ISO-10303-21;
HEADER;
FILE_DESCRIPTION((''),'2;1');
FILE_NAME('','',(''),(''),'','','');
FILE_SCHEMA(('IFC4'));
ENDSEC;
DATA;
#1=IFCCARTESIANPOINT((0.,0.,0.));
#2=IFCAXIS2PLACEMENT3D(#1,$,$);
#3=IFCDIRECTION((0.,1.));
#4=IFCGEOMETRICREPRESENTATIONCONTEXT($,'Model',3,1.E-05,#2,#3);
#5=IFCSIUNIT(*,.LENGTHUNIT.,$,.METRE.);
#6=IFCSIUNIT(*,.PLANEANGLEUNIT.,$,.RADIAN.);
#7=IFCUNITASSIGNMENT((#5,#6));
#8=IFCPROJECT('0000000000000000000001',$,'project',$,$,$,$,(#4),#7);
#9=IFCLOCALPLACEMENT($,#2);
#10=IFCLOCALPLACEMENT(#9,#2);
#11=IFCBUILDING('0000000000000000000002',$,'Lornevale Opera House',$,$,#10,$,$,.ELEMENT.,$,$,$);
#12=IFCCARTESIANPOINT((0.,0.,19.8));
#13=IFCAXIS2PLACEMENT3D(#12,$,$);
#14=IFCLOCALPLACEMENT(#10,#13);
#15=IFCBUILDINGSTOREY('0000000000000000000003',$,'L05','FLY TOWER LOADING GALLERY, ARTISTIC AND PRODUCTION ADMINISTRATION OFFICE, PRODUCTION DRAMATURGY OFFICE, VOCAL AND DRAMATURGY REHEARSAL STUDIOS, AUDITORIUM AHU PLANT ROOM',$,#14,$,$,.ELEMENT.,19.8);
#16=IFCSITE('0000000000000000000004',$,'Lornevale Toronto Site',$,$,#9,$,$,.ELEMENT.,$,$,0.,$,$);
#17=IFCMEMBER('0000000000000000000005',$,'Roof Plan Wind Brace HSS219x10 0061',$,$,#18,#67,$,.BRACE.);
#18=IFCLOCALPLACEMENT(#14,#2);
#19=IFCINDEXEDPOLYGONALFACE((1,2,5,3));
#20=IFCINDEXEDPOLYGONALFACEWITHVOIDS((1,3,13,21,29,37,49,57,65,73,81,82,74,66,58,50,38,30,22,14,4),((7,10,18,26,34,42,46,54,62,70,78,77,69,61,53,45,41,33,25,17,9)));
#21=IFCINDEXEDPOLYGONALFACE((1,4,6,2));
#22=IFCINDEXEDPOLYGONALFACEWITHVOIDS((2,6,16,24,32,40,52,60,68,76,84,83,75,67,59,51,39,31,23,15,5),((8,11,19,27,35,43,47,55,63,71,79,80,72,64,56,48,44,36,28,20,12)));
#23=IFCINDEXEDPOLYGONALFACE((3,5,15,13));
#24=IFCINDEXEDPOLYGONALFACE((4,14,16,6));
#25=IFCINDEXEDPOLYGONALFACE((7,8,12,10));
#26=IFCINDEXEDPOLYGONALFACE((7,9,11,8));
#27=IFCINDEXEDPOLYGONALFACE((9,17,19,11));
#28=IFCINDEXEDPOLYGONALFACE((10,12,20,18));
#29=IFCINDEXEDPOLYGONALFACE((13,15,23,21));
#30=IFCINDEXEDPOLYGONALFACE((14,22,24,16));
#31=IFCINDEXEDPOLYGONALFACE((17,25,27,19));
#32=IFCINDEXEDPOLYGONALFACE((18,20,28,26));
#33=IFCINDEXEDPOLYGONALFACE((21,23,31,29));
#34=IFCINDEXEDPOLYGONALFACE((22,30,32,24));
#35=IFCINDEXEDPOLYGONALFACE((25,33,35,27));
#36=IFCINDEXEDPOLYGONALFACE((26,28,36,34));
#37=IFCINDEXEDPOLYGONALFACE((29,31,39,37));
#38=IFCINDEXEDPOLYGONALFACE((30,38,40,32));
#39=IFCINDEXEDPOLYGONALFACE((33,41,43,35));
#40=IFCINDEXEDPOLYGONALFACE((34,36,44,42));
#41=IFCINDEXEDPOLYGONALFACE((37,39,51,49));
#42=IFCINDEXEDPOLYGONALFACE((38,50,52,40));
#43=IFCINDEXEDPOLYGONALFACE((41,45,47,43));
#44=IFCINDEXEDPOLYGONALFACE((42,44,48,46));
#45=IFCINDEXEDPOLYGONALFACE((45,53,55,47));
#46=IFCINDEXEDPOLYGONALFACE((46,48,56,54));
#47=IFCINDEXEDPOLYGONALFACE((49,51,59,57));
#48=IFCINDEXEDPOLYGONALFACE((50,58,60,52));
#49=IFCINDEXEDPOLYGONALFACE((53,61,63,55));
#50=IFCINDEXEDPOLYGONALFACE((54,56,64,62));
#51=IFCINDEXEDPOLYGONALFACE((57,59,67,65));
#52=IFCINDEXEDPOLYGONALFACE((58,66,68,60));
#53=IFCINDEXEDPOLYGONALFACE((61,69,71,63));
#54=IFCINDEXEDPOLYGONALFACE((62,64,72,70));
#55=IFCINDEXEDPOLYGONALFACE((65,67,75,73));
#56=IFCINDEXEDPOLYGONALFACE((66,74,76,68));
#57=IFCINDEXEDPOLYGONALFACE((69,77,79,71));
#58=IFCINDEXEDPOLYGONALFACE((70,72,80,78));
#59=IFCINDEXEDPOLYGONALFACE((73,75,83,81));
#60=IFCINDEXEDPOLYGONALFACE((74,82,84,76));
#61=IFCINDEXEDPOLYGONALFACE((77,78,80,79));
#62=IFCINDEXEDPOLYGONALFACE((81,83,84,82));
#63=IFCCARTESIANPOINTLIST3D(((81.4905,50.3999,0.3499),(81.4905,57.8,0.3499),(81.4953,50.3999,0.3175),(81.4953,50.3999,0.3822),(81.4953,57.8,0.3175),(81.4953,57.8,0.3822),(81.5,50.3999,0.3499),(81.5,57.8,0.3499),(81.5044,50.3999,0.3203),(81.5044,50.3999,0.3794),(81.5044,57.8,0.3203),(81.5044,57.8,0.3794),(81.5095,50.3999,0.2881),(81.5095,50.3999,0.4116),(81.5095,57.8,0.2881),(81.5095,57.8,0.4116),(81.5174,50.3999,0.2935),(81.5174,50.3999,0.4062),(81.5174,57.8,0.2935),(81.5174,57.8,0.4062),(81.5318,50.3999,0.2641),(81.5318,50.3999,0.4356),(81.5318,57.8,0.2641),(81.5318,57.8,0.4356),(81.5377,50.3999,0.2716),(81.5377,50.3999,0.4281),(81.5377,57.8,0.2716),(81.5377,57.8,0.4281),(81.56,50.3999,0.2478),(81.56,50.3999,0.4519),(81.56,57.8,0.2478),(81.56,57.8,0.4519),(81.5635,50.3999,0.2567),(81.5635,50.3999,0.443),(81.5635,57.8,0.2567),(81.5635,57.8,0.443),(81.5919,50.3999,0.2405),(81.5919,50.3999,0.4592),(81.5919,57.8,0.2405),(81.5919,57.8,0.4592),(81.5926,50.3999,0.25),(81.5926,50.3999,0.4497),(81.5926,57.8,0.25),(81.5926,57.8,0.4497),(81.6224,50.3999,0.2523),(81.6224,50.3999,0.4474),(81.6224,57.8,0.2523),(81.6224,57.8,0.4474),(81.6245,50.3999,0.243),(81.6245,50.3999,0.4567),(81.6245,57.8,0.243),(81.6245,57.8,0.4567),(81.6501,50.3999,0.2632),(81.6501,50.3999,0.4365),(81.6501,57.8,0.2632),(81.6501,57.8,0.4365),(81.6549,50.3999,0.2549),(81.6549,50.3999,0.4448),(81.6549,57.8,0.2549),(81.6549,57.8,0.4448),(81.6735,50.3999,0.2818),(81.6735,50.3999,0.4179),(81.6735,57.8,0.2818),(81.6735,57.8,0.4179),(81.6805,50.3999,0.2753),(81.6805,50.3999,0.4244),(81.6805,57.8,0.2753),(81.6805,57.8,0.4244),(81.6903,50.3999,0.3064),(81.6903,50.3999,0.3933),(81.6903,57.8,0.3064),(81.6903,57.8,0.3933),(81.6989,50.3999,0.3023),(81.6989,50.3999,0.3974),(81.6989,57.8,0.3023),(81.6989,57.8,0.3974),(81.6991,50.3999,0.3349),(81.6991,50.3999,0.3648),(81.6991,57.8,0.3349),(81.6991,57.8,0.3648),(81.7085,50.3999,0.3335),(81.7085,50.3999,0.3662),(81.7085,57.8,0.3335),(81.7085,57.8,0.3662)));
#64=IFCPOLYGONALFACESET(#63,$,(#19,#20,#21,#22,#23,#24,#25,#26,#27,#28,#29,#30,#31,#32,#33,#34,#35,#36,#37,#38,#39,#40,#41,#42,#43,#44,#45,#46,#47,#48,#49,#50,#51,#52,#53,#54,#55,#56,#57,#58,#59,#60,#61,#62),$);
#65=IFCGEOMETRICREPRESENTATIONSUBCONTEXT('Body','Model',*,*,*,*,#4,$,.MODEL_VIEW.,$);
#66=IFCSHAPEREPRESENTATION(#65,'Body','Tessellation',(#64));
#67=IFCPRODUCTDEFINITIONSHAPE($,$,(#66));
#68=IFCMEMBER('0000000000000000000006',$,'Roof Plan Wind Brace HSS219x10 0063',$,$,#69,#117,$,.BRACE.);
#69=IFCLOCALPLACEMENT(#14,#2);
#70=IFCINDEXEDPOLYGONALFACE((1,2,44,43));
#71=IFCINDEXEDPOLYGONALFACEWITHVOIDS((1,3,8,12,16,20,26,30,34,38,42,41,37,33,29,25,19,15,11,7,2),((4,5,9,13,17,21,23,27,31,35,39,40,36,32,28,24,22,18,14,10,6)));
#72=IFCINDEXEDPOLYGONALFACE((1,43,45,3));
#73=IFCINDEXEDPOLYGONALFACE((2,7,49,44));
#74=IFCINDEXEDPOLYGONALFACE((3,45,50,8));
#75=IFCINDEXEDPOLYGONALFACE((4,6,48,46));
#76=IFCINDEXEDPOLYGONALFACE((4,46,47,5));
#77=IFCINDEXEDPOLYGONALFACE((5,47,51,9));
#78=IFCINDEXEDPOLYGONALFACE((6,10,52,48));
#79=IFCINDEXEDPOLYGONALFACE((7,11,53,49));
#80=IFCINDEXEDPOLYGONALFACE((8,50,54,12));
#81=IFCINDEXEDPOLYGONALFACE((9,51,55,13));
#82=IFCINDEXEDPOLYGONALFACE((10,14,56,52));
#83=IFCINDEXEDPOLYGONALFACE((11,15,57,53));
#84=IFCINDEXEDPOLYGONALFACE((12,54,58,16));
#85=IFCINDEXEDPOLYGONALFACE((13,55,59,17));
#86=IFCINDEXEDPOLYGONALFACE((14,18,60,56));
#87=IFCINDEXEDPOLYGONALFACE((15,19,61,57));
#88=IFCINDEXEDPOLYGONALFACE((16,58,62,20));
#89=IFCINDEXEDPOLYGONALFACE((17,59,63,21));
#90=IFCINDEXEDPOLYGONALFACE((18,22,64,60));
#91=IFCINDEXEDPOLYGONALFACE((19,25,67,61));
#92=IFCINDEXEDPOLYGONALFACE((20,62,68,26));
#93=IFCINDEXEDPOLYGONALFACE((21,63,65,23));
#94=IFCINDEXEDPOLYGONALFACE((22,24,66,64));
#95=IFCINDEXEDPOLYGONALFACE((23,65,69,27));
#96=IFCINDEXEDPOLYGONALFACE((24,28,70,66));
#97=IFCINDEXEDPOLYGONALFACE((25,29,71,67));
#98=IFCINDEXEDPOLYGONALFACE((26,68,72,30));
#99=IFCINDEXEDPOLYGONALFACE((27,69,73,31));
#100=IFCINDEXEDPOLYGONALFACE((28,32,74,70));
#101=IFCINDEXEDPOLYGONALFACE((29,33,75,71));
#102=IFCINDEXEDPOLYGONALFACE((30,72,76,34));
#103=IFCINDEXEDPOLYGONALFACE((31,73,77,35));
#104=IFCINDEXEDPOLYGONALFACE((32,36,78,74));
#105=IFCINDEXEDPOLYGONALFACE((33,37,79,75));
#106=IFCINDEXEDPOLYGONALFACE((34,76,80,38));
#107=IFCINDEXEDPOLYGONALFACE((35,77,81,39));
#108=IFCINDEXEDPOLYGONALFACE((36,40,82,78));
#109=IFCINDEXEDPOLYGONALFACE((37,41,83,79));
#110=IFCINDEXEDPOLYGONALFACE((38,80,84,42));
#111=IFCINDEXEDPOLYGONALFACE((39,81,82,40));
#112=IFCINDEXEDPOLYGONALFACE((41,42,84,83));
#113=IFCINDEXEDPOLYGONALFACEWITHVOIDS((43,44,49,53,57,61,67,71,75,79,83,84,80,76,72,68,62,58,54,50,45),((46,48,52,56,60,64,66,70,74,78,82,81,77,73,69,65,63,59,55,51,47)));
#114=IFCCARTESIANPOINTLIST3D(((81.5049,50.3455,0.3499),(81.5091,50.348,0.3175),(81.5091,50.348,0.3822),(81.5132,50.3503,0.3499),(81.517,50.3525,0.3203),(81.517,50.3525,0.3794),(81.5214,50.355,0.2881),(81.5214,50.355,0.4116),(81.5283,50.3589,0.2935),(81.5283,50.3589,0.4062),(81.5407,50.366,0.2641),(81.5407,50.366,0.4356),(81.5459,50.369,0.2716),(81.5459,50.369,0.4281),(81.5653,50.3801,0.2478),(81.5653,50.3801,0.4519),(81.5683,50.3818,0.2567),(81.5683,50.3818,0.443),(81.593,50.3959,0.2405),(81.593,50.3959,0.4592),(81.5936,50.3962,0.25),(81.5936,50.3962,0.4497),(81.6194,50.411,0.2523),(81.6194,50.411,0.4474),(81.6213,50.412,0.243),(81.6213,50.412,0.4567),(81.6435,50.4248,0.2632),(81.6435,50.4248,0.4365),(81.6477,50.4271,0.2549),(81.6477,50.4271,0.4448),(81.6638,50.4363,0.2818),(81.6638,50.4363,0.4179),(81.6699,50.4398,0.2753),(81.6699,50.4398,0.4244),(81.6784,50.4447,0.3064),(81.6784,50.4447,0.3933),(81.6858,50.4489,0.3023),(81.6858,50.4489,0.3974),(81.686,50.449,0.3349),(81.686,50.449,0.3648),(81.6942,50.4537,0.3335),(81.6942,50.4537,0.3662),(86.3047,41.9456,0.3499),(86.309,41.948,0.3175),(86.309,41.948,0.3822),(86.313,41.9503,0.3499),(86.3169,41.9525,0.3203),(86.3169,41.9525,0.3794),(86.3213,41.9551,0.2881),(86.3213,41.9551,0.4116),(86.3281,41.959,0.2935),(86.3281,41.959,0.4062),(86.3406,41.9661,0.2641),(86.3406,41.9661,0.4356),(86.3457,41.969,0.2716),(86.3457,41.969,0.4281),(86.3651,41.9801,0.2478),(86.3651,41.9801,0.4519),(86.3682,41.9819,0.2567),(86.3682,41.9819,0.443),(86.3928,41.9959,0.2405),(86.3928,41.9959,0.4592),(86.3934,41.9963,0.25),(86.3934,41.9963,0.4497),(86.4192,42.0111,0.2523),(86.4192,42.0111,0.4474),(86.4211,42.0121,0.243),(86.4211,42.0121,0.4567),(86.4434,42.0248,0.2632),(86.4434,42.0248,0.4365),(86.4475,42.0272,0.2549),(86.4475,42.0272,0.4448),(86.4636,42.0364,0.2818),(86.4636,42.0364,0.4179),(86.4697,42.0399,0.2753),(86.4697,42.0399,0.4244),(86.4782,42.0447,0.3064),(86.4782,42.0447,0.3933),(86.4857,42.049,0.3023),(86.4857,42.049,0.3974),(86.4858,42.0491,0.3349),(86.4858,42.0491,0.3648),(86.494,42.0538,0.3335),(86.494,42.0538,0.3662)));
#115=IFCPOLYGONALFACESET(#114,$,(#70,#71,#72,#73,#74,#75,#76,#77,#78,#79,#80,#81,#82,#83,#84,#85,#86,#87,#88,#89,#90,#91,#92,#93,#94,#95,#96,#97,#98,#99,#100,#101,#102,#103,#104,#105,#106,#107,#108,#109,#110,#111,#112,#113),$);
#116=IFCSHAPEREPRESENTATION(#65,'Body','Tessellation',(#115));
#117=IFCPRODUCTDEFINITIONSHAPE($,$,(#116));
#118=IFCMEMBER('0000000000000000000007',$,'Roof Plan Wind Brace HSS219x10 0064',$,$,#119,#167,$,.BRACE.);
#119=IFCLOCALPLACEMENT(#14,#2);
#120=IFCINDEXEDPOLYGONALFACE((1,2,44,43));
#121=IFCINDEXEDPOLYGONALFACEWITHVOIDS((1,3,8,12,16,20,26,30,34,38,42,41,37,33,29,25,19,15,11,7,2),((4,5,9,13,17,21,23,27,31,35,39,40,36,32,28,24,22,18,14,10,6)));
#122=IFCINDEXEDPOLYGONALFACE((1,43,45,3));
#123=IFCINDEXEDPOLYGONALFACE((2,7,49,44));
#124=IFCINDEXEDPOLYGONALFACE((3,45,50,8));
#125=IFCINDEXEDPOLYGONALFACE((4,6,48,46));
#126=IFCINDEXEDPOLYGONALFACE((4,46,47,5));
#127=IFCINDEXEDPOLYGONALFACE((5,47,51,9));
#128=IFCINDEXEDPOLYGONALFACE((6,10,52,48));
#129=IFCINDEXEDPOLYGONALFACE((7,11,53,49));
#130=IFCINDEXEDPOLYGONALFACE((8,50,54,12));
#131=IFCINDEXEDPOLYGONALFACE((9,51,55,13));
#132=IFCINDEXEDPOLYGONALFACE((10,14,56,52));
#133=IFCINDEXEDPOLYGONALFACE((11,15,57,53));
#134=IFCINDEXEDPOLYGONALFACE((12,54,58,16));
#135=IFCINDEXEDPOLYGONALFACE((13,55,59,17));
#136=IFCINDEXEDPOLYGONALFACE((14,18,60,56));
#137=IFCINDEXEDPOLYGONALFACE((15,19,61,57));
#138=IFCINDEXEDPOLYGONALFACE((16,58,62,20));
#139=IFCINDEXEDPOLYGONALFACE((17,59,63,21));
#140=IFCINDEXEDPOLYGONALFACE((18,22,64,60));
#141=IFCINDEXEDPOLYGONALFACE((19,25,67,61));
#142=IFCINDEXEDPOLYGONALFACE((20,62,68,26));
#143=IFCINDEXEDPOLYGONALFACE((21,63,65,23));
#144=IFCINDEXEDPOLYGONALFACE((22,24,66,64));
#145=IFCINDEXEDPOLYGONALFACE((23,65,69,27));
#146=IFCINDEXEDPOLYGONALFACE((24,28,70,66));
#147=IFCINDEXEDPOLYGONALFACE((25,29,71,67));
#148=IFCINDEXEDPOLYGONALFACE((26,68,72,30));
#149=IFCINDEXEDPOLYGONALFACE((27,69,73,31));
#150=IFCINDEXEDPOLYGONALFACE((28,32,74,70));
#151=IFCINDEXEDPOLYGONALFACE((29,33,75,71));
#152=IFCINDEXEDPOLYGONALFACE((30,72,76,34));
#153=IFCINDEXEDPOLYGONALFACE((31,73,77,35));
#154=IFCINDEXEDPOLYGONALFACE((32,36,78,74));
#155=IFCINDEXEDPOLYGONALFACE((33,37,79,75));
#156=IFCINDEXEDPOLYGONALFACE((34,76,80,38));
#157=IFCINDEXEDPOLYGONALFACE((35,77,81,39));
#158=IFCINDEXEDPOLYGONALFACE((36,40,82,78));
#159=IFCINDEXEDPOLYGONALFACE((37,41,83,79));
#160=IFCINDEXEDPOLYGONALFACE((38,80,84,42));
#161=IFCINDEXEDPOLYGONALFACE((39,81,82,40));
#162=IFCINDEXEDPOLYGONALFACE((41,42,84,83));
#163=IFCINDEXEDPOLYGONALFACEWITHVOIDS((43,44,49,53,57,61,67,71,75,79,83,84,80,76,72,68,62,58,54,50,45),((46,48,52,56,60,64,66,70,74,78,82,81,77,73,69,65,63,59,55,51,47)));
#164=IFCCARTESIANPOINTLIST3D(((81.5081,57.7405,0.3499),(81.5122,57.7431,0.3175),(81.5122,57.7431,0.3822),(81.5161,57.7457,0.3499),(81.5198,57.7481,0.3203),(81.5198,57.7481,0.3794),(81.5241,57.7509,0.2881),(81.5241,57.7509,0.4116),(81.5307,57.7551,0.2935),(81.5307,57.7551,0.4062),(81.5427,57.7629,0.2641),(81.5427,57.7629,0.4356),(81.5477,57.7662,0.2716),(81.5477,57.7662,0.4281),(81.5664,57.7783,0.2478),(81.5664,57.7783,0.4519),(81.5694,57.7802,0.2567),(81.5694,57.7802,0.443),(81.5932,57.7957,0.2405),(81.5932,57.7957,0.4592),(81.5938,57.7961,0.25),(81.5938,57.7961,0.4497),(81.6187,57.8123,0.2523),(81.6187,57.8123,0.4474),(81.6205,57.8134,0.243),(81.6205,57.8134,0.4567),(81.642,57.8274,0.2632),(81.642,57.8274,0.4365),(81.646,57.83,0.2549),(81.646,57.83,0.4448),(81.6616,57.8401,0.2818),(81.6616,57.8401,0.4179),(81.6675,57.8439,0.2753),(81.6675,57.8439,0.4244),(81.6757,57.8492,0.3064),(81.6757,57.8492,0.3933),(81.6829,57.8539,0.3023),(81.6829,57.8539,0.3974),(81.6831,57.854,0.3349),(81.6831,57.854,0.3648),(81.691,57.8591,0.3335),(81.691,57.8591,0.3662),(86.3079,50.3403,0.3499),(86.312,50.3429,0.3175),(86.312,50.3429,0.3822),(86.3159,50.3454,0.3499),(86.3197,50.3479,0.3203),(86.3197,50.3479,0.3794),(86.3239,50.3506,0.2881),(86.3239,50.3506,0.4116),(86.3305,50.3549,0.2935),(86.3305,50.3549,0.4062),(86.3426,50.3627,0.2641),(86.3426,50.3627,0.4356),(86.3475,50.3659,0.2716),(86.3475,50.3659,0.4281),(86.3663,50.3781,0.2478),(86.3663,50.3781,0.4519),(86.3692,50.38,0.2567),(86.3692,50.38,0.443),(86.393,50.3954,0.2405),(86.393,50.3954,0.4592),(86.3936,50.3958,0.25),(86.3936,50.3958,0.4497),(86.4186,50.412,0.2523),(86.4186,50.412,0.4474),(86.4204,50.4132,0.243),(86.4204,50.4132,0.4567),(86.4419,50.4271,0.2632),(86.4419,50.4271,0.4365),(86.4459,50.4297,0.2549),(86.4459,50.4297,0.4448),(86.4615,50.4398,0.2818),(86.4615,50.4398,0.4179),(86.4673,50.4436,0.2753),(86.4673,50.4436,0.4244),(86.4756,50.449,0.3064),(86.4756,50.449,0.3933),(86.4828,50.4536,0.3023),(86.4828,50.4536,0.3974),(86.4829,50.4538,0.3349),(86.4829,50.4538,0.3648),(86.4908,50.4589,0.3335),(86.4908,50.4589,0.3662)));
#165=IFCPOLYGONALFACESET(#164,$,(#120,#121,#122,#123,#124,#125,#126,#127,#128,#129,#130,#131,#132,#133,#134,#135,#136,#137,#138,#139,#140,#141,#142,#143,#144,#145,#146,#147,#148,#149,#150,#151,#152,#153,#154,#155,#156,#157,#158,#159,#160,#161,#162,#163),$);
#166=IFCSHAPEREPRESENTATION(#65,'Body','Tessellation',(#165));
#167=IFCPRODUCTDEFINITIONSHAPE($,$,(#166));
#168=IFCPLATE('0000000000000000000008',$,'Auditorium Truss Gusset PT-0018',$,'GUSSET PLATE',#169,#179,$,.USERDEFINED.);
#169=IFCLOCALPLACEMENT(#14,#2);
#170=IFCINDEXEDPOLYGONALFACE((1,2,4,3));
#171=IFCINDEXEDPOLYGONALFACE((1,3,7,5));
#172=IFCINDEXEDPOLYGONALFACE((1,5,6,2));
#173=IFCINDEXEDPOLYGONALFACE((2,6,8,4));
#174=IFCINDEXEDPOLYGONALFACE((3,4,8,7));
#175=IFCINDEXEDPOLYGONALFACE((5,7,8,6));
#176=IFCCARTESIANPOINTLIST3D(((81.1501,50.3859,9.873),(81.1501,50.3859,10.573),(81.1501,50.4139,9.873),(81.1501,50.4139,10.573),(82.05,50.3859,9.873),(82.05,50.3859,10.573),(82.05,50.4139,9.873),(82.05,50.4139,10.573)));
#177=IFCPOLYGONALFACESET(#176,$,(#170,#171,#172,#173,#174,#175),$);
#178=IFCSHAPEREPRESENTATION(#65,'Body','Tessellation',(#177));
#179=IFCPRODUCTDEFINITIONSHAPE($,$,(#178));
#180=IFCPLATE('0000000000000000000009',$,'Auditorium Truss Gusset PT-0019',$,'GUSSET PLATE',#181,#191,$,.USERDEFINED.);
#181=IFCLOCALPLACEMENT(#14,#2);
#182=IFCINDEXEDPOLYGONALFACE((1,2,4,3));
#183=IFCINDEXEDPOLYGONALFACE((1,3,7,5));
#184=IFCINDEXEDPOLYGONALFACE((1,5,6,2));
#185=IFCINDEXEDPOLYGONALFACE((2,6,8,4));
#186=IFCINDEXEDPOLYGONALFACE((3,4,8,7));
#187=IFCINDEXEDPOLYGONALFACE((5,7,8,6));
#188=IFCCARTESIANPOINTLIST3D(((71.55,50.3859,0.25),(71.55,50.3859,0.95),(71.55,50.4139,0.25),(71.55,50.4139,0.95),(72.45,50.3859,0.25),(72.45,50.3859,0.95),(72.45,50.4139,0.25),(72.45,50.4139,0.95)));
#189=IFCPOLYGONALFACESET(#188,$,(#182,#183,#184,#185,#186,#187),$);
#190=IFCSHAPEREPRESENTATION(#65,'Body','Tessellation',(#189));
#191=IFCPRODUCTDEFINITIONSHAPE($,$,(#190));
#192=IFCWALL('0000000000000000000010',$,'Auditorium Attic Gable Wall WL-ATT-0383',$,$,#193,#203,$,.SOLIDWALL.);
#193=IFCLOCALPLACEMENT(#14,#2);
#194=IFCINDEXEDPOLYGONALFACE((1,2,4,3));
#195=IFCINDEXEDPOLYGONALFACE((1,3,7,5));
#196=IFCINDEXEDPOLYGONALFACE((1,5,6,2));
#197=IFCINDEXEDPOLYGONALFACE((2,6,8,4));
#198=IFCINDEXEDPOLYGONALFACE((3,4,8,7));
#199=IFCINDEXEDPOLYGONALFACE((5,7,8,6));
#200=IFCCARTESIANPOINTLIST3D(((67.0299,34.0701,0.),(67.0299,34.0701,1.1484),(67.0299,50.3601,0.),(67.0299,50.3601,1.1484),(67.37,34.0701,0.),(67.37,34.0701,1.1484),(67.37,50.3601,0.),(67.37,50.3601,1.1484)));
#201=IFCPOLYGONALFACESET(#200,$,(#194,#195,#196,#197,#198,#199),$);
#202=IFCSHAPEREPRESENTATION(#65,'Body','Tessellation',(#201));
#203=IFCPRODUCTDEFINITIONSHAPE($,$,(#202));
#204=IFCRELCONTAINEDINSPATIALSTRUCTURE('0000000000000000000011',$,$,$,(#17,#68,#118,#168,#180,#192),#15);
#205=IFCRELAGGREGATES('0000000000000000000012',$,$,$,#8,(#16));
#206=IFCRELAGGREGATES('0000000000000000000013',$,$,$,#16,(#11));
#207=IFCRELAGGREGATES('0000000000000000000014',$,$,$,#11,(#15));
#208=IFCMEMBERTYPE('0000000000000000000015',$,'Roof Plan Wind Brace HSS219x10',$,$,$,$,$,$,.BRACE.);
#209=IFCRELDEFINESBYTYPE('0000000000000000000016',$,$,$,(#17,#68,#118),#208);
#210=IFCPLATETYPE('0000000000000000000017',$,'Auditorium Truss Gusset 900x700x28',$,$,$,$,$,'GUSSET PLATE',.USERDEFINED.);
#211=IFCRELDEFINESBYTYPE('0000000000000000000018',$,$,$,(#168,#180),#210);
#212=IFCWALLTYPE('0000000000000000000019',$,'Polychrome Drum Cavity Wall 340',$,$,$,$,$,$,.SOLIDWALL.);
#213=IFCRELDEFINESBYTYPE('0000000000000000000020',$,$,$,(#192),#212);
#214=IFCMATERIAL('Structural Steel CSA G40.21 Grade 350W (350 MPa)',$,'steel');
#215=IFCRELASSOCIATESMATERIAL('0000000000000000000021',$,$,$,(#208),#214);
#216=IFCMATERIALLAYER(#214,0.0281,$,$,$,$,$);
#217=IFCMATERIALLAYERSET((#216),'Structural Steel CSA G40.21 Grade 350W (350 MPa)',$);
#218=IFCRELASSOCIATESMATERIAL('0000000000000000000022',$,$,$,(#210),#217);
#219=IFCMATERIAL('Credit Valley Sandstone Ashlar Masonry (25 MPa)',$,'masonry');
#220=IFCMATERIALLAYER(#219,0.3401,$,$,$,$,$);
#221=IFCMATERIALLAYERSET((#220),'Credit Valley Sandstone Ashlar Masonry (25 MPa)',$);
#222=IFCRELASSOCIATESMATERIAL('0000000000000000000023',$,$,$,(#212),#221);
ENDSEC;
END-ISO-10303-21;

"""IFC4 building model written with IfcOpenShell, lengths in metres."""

from ifc_helpers import new_model, si_unit, direction, frame, frame_2d, origin, origin_2d, place, context, subcontext, project, spatial, rectangle, hollow_circle, extrude, material, layer, layer_set, material_profile, profile_set, type_object, element, save


model = new_model("IFC4")

# Units and contexts
model_context = context("Model", 3, precision=1e-05, world=origin(), true_north=direction((0.0, 1.0)))
body_context = subcontext(model_context, "Body", "Model", "MODEL_VIEW")
ifc_project = project(units=[si_unit("LENGTHUNIT", "METRE"), si_unit("PLANEANGLEUNIT", "RADIAN")], contexts=[model_context])

# Site, building, storey
site_placement = place(None, origin())
site = spatial("IfcSite", under=ifc_project, at=site_placement, Name="Lornevale Toronto Site", CompositionType="ELEMENT", RefElevation=0.0)
building_placement = place(site_placement, origin())
building = spatial("IfcBuilding", under=site, at=building_placement, Name="Lornevale Opera House", CompositionType="ELEMENT")
storey_placement = place(building_placement, frame((0.0, 0.0, 19.8)))
storey = spatial("IfcBuildingStorey", under=building, at=storey_placement, Name="L05", Description="FLY TOWER LOADING GALLERY, ARTISTIC AND PRODUCTION ADMINISTRATION OFFICE, PRODUCTION DRAMATURGY OFFICE, VOCAL AND DRAMATURGY REHEARSAL STUDIOS, AUDITORIUM AHU PLANT ROOM", CompositionType="ELEMENT", Elevation=19.8)

# Shared definitions
ifc_material_1 = material(Name="Structural Steel CSA G40.21 Grade 350W (350 MPa)", Category="steel")

# Members
ifc_material_profile_1 = material_profile(ifc_material_1, hollow_circle(Radius=0.1096, WallThickness=0.0095, at=origin_2d()), Name="HSS219x10")
ifc_profile_set_1 = profile_set([ifc_material_profile_1], Name="Structural Steel CSA G40.21 Grade 350W (350 MPa)")
member_type_1 = type_object("IfcMemberType", Name="Roof Plan Wind Brace HSS219x10", PredefinedType="BRACE", material=ifc_profile_set_1)
member_1_placement = place(storey_placement, frame((81.6001, 50.3999, 0.3499), z_axis=(0.0, 1.0, 0.0), x_axis=(-1.0, 0.0, 0.0)))
element("IfcMember", 1, at=member_1_placement, inside=storey, type_object=member_type_1, Name="Roof Plan Wind Brace HSS219x10 0061", PredefinedType="BRACE", context=body_context, shape_type="SweptSolid", body=[
    extrude(hollow_circle(Radius=0.1096, WallThickness=0.0095, at=origin_2d()), origin(), (0.0, 0.0, 1.0), 7.4001),
])
member_2_placement = place(storey_placement, frame((86.3999, 42.0, 0.3499), z_axis=(-0.496128, 0.868249, 0.0), x_axis=(-0.868249, -0.496128, 0.0)))
element("IfcMember", 2, at=member_2_placement, inside=storey, type_object=member_type_1, Name="Roof Plan Wind Brace HSS219x10 0063", PredefinedType="BRACE", context=body_context, shape_type="SweptSolid", body=[
    extrude(hollow_circle(Radius=0.1096, WallThickness=0.0095, at=origin_2d()), origin(), (0.0, 0.0, 1.0), 9.6746),
])
member_3_placement = place(storey_placement, frame((86.3999, 50.3999, 0.3499), z_axis=(-0.544168, 0.838976, 0.0), x_axis=(-0.838976, -0.544168, 0.0)))
element("IfcMember", 3, at=member_3_placement, inside=storey, type_object=member_type_1, Name="Roof Plan Wind Brace HSS219x10 0064", PredefinedType="BRACE", context=body_context, shape_type="SweptSolid", body=[
    extrude(hollow_circle(Radius=0.1096, WallThickness=0.0095, at=origin_2d()), origin(), (0.0, 0.0, 1.0), 8.8206),
])

# Plates
ifc_layer_1 = layer(ifc_material_1, 0.0281)
ifc_layer_set_1 = layer_set([ifc_layer_1], Name="Structural Steel CSA G40.21 Grade 350W (350 MPa)")
plate_type = type_object("IfcPlateType", Name="Auditorium Truss Gusset 900x700x28", ElementType="GUSSET PLATE", PredefinedType="USERDEFINED", material=ifc_layer_set_1)
for number, where, z_axis, x_axis, name in (
    (4, (81.6001, 50.3999, 9.873), (0.0, 0.0, 1.0), (1.0, 0.0, 0.0), "Auditorium Truss Gusset PT-0018"),
    (5, (72.0, 50.3999, 0.25), (0.0, 0.0, 1.0), (1.0, 0.0, 0.0), "Auditorium Truss Gusset PT-0019"),
):
    element("IfcPlate", number, at=place(storey_placement, frame(where, z_axis=z_axis, x_axis=x_axis)), inside=storey, type_object=plate_type, Name=name, ObjectType="GUSSET PLATE", PredefinedType="USERDEFINED", context=body_context, shape_type="SweptSolid", body=[
        extrude(rectangle(XDim=0.8999, YDim=0.0281, at=origin_2d()), origin(), (0.0, 0.0, 1.0), 0.7),
    ])

# Wall
ifc_material_2 = material(Name="Credit Valley Sandstone Ashlar Masonry (25 MPa)", Category="masonry")
ifc_layer_2 = layer(ifc_material_2, 0.3401)
ifc_layer_set_2 = layer_set([ifc_layer_2], Name="Credit Valley Sandstone Ashlar Masonry (25 MPa)")
wall_type = type_object("IfcWallType", Name="Polychrome Drum Cavity Wall 340", PredefinedType="SOLIDWALL", material=ifc_layer_set_2)
wall_placement = place(storey_placement, frame((67.2, 50.3601, 0.0), z_axis=(0.0, 0.0, 1.0), x_axis=(0.0, -1.0, 0.0)))
element("IfcWall", 6, at=wall_placement, inside=storey, type_object=wall_type, Name="Auditorium Attic Gable Wall WL-ATT-0383", PredefinedType="SOLIDWALL", context=body_context, shape_type="SweptSolid", body=[
    extrude(rectangle(XDim=16.29, YDim=0.3401, at=frame_2d((8.145, 0.0))), origin(), (0.0, 0.0, 1.0), 1.1484),
])

save(model, "model.ifc")
